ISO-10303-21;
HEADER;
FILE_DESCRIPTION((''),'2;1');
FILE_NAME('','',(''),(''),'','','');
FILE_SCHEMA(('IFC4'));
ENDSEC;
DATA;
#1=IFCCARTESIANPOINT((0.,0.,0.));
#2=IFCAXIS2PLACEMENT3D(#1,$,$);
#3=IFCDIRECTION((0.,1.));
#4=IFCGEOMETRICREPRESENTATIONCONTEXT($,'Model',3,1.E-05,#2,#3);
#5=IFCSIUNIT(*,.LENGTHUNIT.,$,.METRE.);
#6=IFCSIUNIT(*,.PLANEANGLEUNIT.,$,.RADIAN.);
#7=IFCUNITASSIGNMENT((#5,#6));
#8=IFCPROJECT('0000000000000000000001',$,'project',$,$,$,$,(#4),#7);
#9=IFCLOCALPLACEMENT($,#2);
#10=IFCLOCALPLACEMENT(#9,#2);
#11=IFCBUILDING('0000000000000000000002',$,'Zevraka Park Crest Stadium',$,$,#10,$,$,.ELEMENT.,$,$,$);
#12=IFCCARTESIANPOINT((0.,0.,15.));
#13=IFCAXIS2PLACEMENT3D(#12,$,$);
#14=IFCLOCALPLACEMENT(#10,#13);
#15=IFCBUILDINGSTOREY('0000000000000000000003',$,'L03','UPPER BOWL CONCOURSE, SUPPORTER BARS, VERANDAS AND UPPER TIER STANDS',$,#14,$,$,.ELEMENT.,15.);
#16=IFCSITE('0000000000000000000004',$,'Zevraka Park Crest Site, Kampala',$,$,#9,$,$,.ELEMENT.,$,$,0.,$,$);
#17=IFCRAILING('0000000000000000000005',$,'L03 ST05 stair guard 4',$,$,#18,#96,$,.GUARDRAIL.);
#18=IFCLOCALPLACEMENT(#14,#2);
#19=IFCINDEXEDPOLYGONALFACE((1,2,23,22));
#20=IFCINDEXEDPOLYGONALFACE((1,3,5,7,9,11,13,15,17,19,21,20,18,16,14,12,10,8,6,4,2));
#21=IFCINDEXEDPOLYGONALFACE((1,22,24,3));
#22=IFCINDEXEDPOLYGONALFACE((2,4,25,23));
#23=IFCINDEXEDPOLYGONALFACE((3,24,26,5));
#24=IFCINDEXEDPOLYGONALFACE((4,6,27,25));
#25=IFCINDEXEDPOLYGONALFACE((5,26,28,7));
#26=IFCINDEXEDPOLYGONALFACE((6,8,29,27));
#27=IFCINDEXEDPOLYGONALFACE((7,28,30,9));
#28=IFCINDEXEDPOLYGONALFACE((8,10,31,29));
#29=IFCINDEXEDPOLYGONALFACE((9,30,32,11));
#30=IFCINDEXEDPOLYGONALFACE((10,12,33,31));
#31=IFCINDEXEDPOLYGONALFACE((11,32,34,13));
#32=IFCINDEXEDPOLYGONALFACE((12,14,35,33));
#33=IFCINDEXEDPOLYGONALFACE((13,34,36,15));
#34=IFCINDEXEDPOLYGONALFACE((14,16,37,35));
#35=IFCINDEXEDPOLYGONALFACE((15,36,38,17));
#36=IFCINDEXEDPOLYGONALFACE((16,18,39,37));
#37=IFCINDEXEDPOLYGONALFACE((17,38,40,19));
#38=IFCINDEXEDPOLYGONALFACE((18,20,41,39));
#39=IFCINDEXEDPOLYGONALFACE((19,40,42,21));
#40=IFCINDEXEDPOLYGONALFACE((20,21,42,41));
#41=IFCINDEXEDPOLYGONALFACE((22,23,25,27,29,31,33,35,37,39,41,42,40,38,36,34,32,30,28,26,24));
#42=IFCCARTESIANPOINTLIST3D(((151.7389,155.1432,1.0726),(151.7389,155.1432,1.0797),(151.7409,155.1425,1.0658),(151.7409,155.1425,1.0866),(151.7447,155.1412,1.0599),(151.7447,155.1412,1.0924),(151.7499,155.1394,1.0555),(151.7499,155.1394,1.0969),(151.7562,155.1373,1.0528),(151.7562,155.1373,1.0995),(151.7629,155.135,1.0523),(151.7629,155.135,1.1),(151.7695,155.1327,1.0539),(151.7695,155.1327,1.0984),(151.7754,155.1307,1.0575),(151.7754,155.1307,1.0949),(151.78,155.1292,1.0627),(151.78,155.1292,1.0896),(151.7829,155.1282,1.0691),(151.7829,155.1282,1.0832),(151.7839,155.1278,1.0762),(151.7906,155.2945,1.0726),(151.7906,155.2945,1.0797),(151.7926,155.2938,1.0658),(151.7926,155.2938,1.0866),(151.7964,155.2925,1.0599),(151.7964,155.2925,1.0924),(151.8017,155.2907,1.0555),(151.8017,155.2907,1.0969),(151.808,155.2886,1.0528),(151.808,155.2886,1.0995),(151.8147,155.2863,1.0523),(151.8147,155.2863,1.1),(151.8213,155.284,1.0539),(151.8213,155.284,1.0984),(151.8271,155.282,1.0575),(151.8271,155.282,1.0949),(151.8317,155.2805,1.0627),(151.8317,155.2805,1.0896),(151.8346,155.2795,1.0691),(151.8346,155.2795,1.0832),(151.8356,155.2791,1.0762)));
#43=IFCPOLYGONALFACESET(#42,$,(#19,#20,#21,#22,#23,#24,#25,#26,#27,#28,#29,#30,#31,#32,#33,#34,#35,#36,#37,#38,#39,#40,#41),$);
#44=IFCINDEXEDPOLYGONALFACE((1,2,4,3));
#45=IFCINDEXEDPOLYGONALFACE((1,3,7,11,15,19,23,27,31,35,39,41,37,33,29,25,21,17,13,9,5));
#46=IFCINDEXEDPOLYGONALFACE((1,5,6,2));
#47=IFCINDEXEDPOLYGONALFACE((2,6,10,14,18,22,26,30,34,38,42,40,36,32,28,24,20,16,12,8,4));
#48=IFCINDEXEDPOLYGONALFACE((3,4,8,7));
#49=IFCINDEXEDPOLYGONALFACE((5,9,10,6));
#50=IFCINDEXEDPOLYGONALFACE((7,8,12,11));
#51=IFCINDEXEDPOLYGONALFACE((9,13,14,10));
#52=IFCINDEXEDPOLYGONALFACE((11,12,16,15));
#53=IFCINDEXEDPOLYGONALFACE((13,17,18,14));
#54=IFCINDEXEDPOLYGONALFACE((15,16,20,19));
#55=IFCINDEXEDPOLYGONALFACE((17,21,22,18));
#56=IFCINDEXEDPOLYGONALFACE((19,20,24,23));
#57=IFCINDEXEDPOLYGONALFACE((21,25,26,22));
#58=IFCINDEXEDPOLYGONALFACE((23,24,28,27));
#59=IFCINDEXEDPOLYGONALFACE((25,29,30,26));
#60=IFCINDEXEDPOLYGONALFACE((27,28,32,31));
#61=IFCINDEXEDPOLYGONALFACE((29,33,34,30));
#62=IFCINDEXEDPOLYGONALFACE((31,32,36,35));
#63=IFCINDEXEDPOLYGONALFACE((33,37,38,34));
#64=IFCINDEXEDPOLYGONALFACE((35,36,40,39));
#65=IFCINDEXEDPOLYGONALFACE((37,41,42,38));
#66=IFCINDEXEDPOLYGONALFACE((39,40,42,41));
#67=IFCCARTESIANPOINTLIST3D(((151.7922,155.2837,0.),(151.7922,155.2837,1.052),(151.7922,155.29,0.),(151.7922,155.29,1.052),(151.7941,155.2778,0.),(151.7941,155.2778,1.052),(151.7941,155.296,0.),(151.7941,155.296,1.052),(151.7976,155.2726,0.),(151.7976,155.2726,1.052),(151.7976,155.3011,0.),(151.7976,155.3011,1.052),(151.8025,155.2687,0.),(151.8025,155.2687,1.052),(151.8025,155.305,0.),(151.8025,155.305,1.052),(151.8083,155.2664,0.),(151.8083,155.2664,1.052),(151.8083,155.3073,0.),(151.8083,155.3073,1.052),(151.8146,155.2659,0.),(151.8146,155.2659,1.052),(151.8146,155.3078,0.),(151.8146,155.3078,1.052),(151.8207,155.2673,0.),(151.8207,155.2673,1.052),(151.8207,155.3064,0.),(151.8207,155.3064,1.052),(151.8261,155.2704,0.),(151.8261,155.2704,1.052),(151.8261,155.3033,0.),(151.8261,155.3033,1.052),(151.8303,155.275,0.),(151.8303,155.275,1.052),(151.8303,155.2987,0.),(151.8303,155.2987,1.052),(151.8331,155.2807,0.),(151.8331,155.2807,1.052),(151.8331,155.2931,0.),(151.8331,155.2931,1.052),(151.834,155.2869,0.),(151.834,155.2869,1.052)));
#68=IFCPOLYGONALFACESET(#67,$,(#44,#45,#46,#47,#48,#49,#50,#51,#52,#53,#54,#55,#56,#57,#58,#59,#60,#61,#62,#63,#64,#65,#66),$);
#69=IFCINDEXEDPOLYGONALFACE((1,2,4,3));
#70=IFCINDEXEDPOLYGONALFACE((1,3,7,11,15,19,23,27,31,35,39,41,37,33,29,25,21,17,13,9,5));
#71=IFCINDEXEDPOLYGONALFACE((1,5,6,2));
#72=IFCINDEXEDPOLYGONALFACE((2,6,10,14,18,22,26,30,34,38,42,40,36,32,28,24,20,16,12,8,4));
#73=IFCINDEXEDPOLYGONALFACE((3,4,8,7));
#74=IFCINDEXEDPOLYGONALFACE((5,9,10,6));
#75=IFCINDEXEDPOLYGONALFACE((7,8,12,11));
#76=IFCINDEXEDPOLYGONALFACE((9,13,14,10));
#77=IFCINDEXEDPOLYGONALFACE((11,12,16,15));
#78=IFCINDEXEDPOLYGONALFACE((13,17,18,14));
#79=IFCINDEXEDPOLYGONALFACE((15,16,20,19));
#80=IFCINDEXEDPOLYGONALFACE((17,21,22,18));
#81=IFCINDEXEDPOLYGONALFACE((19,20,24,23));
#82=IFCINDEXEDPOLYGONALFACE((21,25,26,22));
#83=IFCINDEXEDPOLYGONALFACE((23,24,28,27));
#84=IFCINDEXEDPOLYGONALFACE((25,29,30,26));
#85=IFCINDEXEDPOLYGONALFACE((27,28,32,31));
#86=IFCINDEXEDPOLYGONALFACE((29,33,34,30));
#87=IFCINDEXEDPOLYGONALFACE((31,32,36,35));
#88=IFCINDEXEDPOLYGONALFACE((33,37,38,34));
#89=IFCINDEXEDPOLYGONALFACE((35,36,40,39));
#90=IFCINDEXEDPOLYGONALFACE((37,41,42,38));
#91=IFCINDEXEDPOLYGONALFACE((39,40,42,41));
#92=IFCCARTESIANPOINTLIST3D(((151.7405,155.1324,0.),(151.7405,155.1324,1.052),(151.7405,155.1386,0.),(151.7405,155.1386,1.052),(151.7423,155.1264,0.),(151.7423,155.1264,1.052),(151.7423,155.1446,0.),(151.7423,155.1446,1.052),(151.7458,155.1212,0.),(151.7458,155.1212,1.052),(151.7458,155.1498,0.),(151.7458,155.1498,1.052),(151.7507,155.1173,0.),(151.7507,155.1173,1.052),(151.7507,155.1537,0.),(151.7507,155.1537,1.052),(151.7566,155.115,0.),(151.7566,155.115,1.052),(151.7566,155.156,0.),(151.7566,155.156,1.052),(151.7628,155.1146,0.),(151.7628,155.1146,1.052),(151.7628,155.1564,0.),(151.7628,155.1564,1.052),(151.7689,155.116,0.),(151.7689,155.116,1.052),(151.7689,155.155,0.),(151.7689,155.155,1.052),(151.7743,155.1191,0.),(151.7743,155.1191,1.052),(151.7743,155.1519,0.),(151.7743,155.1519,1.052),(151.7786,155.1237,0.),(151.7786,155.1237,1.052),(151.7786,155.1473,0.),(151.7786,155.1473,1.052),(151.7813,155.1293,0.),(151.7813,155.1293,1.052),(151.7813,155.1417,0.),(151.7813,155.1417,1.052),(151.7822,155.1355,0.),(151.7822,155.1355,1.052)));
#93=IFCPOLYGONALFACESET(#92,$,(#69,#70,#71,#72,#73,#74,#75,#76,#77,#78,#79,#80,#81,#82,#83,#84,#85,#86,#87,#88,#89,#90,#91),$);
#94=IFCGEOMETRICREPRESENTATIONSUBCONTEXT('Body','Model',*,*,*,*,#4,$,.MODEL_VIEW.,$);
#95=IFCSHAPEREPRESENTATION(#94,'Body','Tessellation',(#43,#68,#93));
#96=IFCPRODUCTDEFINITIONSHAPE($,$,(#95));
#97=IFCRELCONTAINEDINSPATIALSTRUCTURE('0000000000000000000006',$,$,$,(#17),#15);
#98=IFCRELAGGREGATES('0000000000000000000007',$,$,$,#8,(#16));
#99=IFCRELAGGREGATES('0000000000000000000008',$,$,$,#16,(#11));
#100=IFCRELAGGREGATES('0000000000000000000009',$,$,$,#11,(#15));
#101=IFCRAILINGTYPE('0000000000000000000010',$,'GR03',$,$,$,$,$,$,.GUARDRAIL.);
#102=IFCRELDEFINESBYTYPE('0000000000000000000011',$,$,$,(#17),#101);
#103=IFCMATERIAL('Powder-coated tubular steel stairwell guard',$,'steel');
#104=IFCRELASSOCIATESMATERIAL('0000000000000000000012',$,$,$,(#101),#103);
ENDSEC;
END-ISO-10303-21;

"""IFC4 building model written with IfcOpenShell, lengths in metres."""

from ifc_helpers import new_model, si_unit, direction, frame, origin, origin_2d, place, context, subcontext, project, spatial, circle, extrude, material, type_object, element, save


model = new_model("IFC4")

# Units and contexts
model_context = context("Model", 3, precision=1e-05, world=origin(), true_north=direction((0.0, 1.0)))
body_context = subcontext(model_context, "Body", "Model", "MODEL_VIEW")
ifc_project = project(units=[si_unit("LENGTHUNIT", "METRE"), si_unit("PLANEANGLEUNIT", "RADIAN")], contexts=[model_context])

# Site, building, storey
site_placement = place(None, origin())
site = spatial("IfcSite", under=ifc_project, at=site_placement, Name="Zevraka Park Crest Site, Kampala", CompositionType="ELEMENT", RefElevation=0.0)
building_placement = place(site_placement, origin())
building = spatial("IfcBuilding", under=site, at=building_placement, Name="Zevraka Park Crest Stadium", CompositionType="ELEMENT")
storey_placement = place(building_placement, frame((0.0, 0.0, 15.0)))
storey = spatial("IfcBuildingStorey", under=building, at=storey_placement, Name="L03", Description="UPPER BOWL CONCOURSE, SUPPORTER BARS, VERANDAS AND UPPER TIER STANDS", CompositionType="ELEMENT", Elevation=15.0)

# Railing
ifc_material_1 = material(Name="Powder-coated tubular steel stairwell guard", Category="steel")
railing_type_1 = type_object("IfcRailingType", Name="GR03", PredefinedType="GUARDRAIL", material=ifc_material_1)
railing_1_placement = place(storey_placement, frame((151.813, 155.2869, 0.0)))
element("IfcRailing", 1, at=railing_1_placement, inside=storey, type_object=railing_type_1, Name="L03 ST05 stair guard 4", PredefinedType="GUARDRAIL", context=body_context, shape_type="SweptSolid", body=[
    extrude(circle(Radius=0.0239, at=origin_2d()), frame((0.0, 0.0, 1.0762), z_axis=(-0.323544, -0.946213, 0.0), x_axis=(0.946213, -0.323544, 0.0)), (0.0, 0.0, 1.0), 0.1599),
    extrude(circle(Radius=0.021, at=origin_2d()), origin(), (0.0, 0.0, 1.0), 1.052),
    extrude(circle(Radius=0.021, at=origin_2d()), frame((-0.0518, -0.1514, 0.0)), (0.0, 0.0, 1.0), 1.052),
])

save(model, "model.ifc")
